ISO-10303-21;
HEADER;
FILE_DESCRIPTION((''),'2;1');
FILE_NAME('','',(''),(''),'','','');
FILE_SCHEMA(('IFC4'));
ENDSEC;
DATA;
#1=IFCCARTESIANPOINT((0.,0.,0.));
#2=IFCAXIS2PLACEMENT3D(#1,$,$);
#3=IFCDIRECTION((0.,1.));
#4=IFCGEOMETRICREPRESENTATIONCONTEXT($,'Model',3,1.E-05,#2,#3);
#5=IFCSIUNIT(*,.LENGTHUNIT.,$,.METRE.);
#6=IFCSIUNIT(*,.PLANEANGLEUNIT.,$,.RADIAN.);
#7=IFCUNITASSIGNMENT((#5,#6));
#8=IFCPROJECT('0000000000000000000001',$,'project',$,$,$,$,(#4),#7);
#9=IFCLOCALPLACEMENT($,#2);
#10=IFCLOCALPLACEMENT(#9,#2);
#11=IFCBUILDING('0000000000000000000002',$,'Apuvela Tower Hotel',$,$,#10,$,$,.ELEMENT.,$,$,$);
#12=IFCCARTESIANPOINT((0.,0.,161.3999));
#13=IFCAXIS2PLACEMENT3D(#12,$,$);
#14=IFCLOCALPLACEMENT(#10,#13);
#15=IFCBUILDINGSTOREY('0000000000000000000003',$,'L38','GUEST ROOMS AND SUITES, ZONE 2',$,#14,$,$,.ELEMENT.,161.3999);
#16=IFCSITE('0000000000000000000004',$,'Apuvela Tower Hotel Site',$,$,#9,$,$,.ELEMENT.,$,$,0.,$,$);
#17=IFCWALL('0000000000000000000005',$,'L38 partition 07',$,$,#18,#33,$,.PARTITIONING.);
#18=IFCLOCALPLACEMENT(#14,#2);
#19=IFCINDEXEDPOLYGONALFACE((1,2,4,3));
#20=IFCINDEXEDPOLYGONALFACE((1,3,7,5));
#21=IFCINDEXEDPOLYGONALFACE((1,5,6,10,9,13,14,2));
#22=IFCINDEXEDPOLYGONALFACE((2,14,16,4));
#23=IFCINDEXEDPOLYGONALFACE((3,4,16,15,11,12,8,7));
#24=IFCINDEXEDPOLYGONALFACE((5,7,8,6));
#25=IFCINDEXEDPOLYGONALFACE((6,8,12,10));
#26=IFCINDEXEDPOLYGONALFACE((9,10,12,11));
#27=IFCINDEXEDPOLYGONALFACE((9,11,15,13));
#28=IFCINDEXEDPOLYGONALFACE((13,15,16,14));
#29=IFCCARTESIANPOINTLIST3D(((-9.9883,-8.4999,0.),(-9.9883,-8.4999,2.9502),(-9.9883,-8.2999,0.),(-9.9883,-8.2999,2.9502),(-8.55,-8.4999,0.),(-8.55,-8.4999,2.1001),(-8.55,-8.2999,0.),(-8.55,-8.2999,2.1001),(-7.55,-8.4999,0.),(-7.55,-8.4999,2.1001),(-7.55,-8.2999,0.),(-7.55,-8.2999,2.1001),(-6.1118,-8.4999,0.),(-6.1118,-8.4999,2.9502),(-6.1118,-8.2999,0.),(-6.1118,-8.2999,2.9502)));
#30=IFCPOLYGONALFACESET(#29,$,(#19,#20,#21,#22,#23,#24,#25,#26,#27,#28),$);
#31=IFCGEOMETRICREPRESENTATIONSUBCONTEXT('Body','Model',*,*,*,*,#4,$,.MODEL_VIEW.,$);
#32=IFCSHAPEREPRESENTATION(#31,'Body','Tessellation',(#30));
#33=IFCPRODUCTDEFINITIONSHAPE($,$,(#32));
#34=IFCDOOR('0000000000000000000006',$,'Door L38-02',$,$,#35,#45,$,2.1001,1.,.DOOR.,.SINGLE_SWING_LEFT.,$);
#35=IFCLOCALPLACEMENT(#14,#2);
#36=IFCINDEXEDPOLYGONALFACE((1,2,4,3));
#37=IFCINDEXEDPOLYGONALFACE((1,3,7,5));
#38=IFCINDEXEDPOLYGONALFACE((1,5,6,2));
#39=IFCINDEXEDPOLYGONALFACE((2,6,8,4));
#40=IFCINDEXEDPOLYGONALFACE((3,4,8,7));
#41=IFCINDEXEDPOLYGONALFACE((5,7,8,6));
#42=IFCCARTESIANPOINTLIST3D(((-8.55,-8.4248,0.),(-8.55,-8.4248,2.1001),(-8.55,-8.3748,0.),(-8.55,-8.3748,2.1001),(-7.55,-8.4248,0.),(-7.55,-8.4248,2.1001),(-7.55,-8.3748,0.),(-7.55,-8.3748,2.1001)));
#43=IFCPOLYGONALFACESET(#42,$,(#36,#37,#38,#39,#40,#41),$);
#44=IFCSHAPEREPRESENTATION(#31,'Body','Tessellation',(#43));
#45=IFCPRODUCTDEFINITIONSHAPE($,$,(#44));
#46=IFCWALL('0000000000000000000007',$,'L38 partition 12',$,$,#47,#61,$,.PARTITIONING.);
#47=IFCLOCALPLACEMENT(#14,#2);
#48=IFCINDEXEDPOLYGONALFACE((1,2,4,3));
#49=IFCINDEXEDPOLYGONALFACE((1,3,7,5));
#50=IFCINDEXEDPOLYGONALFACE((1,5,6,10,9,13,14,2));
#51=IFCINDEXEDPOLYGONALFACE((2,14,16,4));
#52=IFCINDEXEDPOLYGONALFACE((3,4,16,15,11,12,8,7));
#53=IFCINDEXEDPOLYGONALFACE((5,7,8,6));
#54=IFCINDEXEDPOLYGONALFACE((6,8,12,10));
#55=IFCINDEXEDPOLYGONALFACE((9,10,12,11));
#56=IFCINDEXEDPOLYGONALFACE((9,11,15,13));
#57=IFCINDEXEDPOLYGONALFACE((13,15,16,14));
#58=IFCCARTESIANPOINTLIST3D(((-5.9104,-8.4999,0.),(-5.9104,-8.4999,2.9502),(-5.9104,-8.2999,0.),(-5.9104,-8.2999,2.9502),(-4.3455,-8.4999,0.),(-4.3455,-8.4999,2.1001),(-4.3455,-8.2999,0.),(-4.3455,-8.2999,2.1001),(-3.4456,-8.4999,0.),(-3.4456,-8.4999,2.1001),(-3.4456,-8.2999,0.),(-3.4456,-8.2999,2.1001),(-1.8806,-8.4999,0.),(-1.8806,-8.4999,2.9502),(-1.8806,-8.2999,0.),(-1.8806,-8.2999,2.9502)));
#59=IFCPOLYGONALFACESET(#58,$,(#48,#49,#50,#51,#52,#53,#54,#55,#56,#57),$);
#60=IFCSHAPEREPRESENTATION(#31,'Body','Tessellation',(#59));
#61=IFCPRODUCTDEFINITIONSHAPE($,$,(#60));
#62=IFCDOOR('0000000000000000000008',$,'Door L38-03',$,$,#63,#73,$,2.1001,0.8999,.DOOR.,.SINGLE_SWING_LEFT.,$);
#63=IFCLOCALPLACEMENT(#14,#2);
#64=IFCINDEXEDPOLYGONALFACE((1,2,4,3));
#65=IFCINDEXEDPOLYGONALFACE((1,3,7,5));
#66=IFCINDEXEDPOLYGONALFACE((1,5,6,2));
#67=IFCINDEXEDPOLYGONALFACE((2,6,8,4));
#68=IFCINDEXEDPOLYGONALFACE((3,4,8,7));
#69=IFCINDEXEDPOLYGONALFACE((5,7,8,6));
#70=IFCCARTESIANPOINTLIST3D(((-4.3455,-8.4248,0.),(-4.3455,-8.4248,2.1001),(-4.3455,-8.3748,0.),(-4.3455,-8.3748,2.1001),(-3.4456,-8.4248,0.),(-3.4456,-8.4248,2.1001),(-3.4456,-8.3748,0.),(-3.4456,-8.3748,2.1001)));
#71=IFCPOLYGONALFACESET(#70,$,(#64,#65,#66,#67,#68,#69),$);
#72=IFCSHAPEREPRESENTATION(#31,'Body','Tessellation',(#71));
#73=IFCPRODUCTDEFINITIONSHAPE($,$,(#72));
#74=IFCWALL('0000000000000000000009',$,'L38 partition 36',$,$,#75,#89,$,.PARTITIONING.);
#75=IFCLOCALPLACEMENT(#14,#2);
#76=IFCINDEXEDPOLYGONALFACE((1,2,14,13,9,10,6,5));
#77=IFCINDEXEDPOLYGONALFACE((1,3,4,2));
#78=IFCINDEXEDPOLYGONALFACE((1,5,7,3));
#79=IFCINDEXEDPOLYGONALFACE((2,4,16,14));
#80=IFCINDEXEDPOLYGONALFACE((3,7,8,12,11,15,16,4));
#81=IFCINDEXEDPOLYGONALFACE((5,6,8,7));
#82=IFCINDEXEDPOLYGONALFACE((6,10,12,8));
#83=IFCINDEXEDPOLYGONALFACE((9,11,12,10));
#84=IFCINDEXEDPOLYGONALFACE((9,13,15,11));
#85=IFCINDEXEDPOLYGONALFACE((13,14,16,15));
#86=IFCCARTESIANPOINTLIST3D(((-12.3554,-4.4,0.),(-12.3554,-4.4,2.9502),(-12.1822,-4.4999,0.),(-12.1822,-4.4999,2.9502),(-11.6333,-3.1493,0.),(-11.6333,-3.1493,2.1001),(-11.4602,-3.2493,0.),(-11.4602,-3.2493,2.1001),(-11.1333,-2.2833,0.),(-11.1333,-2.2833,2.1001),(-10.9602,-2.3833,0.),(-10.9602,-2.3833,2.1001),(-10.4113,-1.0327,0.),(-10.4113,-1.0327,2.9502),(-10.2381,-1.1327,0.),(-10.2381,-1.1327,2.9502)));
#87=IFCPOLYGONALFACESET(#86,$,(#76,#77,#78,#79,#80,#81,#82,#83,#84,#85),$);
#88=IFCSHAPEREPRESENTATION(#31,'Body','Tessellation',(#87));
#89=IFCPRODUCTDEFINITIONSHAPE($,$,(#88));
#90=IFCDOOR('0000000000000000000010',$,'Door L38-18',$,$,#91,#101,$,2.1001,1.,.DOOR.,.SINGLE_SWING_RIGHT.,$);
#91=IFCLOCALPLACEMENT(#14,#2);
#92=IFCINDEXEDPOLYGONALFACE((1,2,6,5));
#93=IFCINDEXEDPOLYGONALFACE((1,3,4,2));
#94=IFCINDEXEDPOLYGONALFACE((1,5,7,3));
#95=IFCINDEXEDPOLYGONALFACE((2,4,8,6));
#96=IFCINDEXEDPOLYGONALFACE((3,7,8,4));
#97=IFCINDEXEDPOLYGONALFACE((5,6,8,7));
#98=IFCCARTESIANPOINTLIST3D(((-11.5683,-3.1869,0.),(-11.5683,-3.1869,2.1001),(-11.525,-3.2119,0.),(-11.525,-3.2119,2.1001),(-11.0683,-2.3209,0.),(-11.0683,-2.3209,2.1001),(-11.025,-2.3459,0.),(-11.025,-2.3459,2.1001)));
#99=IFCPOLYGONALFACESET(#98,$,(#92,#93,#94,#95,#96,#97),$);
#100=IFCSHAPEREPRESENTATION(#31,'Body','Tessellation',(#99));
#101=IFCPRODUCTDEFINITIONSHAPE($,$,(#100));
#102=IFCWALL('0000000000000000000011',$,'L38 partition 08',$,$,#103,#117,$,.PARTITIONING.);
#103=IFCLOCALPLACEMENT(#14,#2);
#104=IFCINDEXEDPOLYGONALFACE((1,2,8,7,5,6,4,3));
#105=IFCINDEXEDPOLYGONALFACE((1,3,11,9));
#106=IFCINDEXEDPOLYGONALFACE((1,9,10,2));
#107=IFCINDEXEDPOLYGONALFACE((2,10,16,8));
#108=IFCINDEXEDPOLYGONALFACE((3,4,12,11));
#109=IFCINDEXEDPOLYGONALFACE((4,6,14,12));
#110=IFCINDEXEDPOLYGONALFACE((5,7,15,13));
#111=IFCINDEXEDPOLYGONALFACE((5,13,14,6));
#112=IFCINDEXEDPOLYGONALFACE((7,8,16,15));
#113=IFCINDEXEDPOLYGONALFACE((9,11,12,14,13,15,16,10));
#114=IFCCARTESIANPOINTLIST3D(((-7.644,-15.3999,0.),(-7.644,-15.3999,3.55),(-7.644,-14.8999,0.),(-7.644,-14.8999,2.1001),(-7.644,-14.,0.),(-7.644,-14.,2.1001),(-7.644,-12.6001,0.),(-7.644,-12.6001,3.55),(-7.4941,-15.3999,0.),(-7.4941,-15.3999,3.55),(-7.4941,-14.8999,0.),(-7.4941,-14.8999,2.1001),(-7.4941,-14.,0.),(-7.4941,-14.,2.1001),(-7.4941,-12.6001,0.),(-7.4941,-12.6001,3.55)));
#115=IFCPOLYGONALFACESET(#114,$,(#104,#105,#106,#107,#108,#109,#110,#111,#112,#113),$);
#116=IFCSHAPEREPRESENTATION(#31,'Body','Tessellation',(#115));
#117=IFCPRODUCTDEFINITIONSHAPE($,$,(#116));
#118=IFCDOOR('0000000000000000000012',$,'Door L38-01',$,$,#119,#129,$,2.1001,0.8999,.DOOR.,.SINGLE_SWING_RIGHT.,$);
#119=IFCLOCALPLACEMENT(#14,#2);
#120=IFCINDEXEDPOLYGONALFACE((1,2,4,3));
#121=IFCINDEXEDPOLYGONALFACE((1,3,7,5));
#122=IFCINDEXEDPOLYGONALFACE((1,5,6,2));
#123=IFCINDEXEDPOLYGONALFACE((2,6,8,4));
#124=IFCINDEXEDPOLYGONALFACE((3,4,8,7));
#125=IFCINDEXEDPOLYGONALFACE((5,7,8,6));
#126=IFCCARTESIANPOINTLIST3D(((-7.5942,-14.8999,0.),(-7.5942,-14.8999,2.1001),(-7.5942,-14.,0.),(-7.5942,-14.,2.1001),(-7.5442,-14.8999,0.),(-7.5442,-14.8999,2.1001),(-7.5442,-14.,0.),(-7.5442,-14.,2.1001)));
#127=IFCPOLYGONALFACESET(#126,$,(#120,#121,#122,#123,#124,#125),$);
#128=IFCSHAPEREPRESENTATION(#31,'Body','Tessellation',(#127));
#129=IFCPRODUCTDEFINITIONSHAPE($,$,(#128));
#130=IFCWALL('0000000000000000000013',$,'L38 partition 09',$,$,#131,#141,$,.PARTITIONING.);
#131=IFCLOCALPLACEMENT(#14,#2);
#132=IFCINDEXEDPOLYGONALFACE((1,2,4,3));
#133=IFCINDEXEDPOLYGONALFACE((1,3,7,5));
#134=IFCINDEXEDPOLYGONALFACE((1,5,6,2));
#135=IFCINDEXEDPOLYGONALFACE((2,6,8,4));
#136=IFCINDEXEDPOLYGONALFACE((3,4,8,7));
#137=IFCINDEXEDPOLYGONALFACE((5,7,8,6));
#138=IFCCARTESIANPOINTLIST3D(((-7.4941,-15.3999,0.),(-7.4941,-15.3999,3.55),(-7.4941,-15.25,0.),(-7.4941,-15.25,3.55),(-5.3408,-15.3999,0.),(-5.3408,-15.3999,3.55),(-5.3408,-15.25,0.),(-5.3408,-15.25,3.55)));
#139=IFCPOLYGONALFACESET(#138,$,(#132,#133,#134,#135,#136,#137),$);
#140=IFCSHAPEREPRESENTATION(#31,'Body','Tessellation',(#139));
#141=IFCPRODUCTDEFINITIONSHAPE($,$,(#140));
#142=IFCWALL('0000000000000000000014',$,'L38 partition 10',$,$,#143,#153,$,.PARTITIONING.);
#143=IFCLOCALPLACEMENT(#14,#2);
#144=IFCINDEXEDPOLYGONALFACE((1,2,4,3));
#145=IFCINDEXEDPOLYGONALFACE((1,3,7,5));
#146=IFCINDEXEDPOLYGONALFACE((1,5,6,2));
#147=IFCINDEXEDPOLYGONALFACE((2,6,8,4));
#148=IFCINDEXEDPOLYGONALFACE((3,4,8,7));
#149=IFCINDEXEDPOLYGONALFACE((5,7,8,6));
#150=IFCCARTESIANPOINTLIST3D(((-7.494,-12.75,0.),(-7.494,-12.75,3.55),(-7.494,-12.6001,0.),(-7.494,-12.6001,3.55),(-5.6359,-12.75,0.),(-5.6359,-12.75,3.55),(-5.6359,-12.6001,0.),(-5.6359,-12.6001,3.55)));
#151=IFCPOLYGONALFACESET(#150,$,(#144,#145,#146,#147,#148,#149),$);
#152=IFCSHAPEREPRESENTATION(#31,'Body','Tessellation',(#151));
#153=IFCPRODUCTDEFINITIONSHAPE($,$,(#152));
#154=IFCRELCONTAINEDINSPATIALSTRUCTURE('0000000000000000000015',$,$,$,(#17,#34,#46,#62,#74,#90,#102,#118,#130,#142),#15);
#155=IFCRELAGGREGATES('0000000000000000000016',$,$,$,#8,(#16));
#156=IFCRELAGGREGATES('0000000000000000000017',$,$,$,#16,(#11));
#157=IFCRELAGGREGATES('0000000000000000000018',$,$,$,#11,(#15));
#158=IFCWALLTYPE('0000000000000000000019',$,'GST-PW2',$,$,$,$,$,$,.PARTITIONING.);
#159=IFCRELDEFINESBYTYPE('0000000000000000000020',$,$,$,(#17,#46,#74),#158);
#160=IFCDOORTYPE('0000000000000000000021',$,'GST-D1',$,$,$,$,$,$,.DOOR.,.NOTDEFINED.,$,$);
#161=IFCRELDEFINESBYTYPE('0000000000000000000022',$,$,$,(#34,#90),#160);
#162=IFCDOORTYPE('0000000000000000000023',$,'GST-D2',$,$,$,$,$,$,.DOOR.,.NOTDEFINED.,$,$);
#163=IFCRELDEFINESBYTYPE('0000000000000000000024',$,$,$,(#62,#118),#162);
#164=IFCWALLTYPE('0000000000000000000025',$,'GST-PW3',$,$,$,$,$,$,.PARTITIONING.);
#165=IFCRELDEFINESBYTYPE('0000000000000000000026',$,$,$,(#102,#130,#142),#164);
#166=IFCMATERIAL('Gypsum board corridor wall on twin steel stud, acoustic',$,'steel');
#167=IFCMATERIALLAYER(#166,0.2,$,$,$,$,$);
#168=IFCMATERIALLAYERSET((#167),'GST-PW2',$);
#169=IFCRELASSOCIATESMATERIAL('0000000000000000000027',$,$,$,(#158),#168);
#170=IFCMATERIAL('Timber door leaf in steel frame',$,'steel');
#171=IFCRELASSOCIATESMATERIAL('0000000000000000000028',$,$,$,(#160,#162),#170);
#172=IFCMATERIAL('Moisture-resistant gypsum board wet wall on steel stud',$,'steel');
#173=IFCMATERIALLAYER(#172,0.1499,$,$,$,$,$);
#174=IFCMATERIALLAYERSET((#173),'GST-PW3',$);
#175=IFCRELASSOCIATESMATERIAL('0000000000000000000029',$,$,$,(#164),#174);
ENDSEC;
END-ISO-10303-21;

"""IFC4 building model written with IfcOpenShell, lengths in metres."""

from ifc_helpers import new_model, si_unit, direction, frame, frame_2d, origin, place, context, subcontext, project, spatial, rectangle, extrude, material, layer, layer_set, type_object, element, fill, save


model = new_model("IFC4")

# Units and contexts
model_context = context("Model", 3, precision=1e-05, world=origin(), true_north=direction((0.0, 1.0)))
body_context = subcontext(model_context, "Body", "Model", "MODEL_VIEW")
ifc_project = project(units=[si_unit("LENGTHUNIT", "METRE"), si_unit("PLANEANGLEUNIT", "RADIAN")], contexts=[model_context])

# Site, building, storey
site_placement = place(None, origin())
site = spatial("IfcSite", under=ifc_project, at=site_placement, Name="Apuvela Tower Hotel Site", CompositionType="ELEMENT", RefElevation=0.0)
building_placement = place(site_placement, origin())
building = spatial("IfcBuilding", under=site, at=building_placement, Name="Apuvela Tower Hotel", CompositionType="ELEMENT")
storey_placement = place(building_placement, frame((0.0, 0.0, 161.3999)))
storey = spatial("IfcBuildingStorey", under=building, at=storey_placement, Name="L38", Description="GUEST ROOMS AND SUITES, ZONE 2", CompositionType="ELEMENT", Elevation=161.3999)

# Walls, openings, doors
ifc_material_1 = material(Name="Gypsum board corridor wall on twin steel stud, acoustic", Category="steel")
ifc_layer_1 = layer(ifc_material_1, 0.2)
ifc_layer_set_1 = layer_set([ifc_layer_1], Name="GST-PW2")
wall_type_1 = type_object("IfcWallType", Name="GST-PW2", PredefinedType="PARTITIONING", material=ifc_layer_set_1)
wall_1_placement = place(storey_placement, frame((-6.1118, -8.3999, 0.0), z_axis=(0.0, 0.0, 1.0), x_axis=(-1.0, 0.0, 0.0)))
wall_1 = element("IfcWall", 1, at=wall_1_placement, inside=storey, type_object=wall_type_1, Name="L38 partition 07", PredefinedType="PARTITIONING", context=body_context, shape_type="SweptSolid", body=[
    extrude(rectangle(XDim=3.8765, YDim=0.2, at=frame_2d((1.9382, 0.0))), origin(), (0.0, 0.0, 1.0), 2.9502),
])
opening_1_placement = place(wall_1_placement, frame((1.4382, 0.0, 0.0)))
opening_1 = element("IfcOpeningElement", 2, at=opening_1_placement, cuts=wall_1, PredefinedType="OPENING", context=body_context, shape_type="SweptSolid", body=[
    extrude(rectangle(XDim=1.0, YDim=2.1001, at=frame_2d((0.5, 1.05))), frame((0.0, 0.1099, 0.0), z_axis=(0.0, -1.0, 0.0), x_axis=(1.0, 0.0, 0.0)), (0.0, 0.0, 1.0), 0.22),
])
ifc_material_2 = material(Name="Timber door leaf in steel frame", Category="steel")
door_type_1 = type_object("IfcDoorType", Name="GST-D1", OperationType="NOTDEFINED", PredefinedType="DOOR", material=ifc_material_2)
door_1_placement = place(opening_1_placement, origin())
door_1 = element("IfcDoor", 3, at=door_1_placement, inside=storey, type_object=door_type_1, Name="Door L38-02", OperationType="SINGLE_SWING_LEFT", OverallHeight=2.1001, OverallWidth=1.0, PredefinedType="DOOR", context=body_context, shape_type="SweptSolid", body=[
    extrude(rectangle(XDim=1.0, YDim=2.1001, at=frame_2d((0.5, 1.05))), frame((0.0, 0.0249, 0.0), z_axis=(0.0, -1.0, 0.0), x_axis=(1.0, 0.0, 0.0)), (0.0, 0.0, 1.0), 0.05),
])
fill(opening_1, door_1)
wall_2_placement = place(storey_placement, frame((-1.8806, -8.3999, 0.0), z_axis=(0.0, 0.0, 1.0), x_axis=(-1.0, 0.0, 0.0)))
wall_2 = element("IfcWall", 4, at=wall_2_placement, inside=storey, type_object=wall_type_1, Name="L38 partition 12", PredefinedType="PARTITIONING", context=body_context, shape_type="SweptSolid", body=[
    extrude(rectangle(XDim=4.0298, YDim=0.2, at=frame_2d((2.0149, 0.0))), origin(), (0.0, 0.0, 1.0), 2.9502),
])
opening_2_placement = place(wall_2_placement, frame((1.5649, 0.0, 0.0)))
opening_2 = element("IfcOpeningElement", 5, at=opening_2_placement, cuts=wall_2, PredefinedType="OPENING", context=body_context, shape_type="SweptSolid", body=[
    extrude(rectangle(XDim=0.8999, YDim=2.1001, at=frame_2d((0.45, 1.05))), frame((0.0, 0.1099, 0.0), z_axis=(0.0, -1.0, 0.0), x_axis=(1.0, 0.0, 0.0)), (0.0, 0.0, 1.0), 0.22),
])
door_type_2 = type_object("IfcDoorType", Name="GST-D2", OperationType="NOTDEFINED", PredefinedType="DOOR", material=ifc_material_2)
door_2_placement = place(opening_2_placement, origin())
door_2 = element("IfcDoor", 6, at=door_2_placement, inside=storey, type_object=door_type_2, Name="Door L38-03", OperationType="SINGLE_SWING_LEFT", OverallHeight=2.1001, OverallWidth=0.8999, PredefinedType="DOOR", context=body_context, shape_type="SweptSolid", body=[
    extrude(rectangle(XDim=0.8999, YDim=2.1001, at=frame_2d((0.45, 1.05))), frame((0.0, 0.0249, 0.0), z_axis=(0.0, -1.0, 0.0), x_axis=(1.0, 0.0, 0.0)), (0.0, 0.0, 1.0), 0.05),
])
fill(opening_2, door_2)
wall_3_placement = place(storey_placement, frame((-12.2688, -4.45, 0.0), z_axis=(0.0, 0.0, 1.0), x_axis=(0.500009, 0.86602, 0.0)))
wall_3 = element("IfcWall", 7, at=wall_3_placement, inside=storey, type_object=wall_type_1, Name="L38 partition 36", PredefinedType="PARTITIONING", context=body_context, shape_type="SweptSolid", body=[
    extrude(rectangle(XDim=3.8882, YDim=0.2, at=frame_2d((1.9441, 0.0))), origin(), (0.0, 0.0, 1.0), 2.9502),
])
opening_3_placement = place(wall_3_placement, frame((1.4441, 0.0, 0.0)))
opening_3 = element("IfcOpeningElement", 8, at=opening_3_placement, cuts=wall_3, PredefinedType="OPENING", context=body_context, shape_type="SweptSolid", body=[
    extrude(rectangle(XDim=1.0, YDim=2.1001, at=frame_2d((0.5, 1.05))), frame((0.0, 0.1099, 0.0), z_axis=(0.0, -1.0, 0.0), x_axis=(1.0, 0.0, 0.0)), (0.0, 0.0, 1.0), 0.22),
])
door_3_placement = place(opening_3_placement, origin())
door_3 = element("IfcDoor", 9, at=door_3_placement, inside=storey, type_object=door_type_1, Name="Door L38-18", OperationType="SINGLE_SWING_RIGHT", OverallHeight=2.1001, OverallWidth=1.0, PredefinedType="DOOR", context=body_context, shape_type="SweptSolid", body=[
    extrude(rectangle(XDim=1.0, YDim=2.1001, at=frame_2d((0.5, 1.05))), frame((0.0, 0.0249, 0.0), z_axis=(0.0, -1.0, 0.0), x_axis=(1.0, 0.0, 0.0)), (0.0, 0.0, 1.0), 0.05),
])
fill(opening_3, door_3)
ifc_material_3 = material(Name="Moisture-resistant gypsum board wet wall on steel stud", Category="steel")
ifc_layer_2 = layer(ifc_material_3, 0.1499)
ifc_layer_set_2 = layer_set([ifc_layer_2], Name="GST-PW3")
wall_type_2 = type_object("IfcWallType", Name="GST-PW3", PredefinedType="PARTITIONING", material=ifc_layer_set_2)
wall_4_placement = place(storey_placement, frame((-7.5691, -12.6001, 0.0), z_axis=(0.0, 0.0, 1.0), x_axis=(0.0, -1.0, 0.0)))
wall_4 = element("IfcWall", 10, at=wall_4_placement, inside=storey, type_object=wall_type_2, Name="L38 partition 08", PredefinedType="PARTITIONING", context=body_context, shape_type="SweptSolid", body=[
    extrude(rectangle(XDim=2.7998, YDim=0.1499, at=frame_2d((1.3999, 0.0))), origin(), (0.0, 0.0, 1.0), 3.55),
])
opening_4_placement = place(wall_4_placement, frame((1.3999, 0.0, 0.0)))
opening_4 = element("IfcOpeningElement", 11, at=opening_4_placement, cuts=wall_4, PredefinedType="OPENING", context=body_context, shape_type="SweptSolid", body=[
    extrude(rectangle(XDim=0.8999, YDim=2.1001, at=frame_2d((0.45, 1.05))), frame((0.0, 0.085, 0.0), z_axis=(0.0, -1.0, 0.0), x_axis=(1.0, 0.0, 0.0)), (0.0, 0.0, 1.0), 0.1699),
])
door_4_placement = place(opening_4_placement, origin())
door_4 = element("IfcDoor", 12, at=door_4_placement, inside=storey, type_object=door_type_2, Name="Door L38-01", OperationType="SINGLE_SWING_RIGHT", OverallHeight=2.1001, OverallWidth=0.8999, PredefinedType="DOOR", context=body_context, shape_type="SweptSolid", body=[
    extrude(rectangle(XDim=0.8999, YDim=2.1001, at=frame_2d((0.45, 1.05))), frame((0.0, 0.0249, 0.0), z_axis=(0.0, -1.0, 0.0), x_axis=(1.0, 0.0, 0.0)), (0.0, 0.0, 1.0), 0.05),
])
fill(opening_4, door_4)

# Walls
wall_5_placement = place(storey_placement, frame((-7.4941, -15.325, 0.0), z_axis=(0.0, 0.0, 1.0), x_axis=(1.0, 0.0, 0.0)))
element("IfcWall", 13, at=wall_5_placement, inside=storey, type_object=wall_type_2, Name="L38 partition 09", PredefinedType="PARTITIONING", context=body_context, shape_type="SweptSolid", body=[
    extrude(rectangle(XDim=2.1533, YDim=0.1499, at=frame_2d((1.0767, 0.0))), origin(), (0.0, 0.0, 1.0), 3.55),
])
wall_6_placement = place(storey_placement, frame((-7.4941, -12.675, 0.0), z_axis=(0.0, 0.0, 1.0), x_axis=(1.0, 0.0, 0.0)))
element("IfcWall", 14, at=wall_6_placement, inside=storey, type_object=wall_type_2, Name="L38 partition 10", PredefinedType="PARTITIONING", context=body_context, shape_type="SweptSolid", body=[
    extrude(rectangle(XDim=1.8582, YDim=0.1499, at=frame_2d((0.9292, 0.0))), origin(), (0.0, 0.0, 1.0), 3.55),
])

save(model, "model.ifc")
